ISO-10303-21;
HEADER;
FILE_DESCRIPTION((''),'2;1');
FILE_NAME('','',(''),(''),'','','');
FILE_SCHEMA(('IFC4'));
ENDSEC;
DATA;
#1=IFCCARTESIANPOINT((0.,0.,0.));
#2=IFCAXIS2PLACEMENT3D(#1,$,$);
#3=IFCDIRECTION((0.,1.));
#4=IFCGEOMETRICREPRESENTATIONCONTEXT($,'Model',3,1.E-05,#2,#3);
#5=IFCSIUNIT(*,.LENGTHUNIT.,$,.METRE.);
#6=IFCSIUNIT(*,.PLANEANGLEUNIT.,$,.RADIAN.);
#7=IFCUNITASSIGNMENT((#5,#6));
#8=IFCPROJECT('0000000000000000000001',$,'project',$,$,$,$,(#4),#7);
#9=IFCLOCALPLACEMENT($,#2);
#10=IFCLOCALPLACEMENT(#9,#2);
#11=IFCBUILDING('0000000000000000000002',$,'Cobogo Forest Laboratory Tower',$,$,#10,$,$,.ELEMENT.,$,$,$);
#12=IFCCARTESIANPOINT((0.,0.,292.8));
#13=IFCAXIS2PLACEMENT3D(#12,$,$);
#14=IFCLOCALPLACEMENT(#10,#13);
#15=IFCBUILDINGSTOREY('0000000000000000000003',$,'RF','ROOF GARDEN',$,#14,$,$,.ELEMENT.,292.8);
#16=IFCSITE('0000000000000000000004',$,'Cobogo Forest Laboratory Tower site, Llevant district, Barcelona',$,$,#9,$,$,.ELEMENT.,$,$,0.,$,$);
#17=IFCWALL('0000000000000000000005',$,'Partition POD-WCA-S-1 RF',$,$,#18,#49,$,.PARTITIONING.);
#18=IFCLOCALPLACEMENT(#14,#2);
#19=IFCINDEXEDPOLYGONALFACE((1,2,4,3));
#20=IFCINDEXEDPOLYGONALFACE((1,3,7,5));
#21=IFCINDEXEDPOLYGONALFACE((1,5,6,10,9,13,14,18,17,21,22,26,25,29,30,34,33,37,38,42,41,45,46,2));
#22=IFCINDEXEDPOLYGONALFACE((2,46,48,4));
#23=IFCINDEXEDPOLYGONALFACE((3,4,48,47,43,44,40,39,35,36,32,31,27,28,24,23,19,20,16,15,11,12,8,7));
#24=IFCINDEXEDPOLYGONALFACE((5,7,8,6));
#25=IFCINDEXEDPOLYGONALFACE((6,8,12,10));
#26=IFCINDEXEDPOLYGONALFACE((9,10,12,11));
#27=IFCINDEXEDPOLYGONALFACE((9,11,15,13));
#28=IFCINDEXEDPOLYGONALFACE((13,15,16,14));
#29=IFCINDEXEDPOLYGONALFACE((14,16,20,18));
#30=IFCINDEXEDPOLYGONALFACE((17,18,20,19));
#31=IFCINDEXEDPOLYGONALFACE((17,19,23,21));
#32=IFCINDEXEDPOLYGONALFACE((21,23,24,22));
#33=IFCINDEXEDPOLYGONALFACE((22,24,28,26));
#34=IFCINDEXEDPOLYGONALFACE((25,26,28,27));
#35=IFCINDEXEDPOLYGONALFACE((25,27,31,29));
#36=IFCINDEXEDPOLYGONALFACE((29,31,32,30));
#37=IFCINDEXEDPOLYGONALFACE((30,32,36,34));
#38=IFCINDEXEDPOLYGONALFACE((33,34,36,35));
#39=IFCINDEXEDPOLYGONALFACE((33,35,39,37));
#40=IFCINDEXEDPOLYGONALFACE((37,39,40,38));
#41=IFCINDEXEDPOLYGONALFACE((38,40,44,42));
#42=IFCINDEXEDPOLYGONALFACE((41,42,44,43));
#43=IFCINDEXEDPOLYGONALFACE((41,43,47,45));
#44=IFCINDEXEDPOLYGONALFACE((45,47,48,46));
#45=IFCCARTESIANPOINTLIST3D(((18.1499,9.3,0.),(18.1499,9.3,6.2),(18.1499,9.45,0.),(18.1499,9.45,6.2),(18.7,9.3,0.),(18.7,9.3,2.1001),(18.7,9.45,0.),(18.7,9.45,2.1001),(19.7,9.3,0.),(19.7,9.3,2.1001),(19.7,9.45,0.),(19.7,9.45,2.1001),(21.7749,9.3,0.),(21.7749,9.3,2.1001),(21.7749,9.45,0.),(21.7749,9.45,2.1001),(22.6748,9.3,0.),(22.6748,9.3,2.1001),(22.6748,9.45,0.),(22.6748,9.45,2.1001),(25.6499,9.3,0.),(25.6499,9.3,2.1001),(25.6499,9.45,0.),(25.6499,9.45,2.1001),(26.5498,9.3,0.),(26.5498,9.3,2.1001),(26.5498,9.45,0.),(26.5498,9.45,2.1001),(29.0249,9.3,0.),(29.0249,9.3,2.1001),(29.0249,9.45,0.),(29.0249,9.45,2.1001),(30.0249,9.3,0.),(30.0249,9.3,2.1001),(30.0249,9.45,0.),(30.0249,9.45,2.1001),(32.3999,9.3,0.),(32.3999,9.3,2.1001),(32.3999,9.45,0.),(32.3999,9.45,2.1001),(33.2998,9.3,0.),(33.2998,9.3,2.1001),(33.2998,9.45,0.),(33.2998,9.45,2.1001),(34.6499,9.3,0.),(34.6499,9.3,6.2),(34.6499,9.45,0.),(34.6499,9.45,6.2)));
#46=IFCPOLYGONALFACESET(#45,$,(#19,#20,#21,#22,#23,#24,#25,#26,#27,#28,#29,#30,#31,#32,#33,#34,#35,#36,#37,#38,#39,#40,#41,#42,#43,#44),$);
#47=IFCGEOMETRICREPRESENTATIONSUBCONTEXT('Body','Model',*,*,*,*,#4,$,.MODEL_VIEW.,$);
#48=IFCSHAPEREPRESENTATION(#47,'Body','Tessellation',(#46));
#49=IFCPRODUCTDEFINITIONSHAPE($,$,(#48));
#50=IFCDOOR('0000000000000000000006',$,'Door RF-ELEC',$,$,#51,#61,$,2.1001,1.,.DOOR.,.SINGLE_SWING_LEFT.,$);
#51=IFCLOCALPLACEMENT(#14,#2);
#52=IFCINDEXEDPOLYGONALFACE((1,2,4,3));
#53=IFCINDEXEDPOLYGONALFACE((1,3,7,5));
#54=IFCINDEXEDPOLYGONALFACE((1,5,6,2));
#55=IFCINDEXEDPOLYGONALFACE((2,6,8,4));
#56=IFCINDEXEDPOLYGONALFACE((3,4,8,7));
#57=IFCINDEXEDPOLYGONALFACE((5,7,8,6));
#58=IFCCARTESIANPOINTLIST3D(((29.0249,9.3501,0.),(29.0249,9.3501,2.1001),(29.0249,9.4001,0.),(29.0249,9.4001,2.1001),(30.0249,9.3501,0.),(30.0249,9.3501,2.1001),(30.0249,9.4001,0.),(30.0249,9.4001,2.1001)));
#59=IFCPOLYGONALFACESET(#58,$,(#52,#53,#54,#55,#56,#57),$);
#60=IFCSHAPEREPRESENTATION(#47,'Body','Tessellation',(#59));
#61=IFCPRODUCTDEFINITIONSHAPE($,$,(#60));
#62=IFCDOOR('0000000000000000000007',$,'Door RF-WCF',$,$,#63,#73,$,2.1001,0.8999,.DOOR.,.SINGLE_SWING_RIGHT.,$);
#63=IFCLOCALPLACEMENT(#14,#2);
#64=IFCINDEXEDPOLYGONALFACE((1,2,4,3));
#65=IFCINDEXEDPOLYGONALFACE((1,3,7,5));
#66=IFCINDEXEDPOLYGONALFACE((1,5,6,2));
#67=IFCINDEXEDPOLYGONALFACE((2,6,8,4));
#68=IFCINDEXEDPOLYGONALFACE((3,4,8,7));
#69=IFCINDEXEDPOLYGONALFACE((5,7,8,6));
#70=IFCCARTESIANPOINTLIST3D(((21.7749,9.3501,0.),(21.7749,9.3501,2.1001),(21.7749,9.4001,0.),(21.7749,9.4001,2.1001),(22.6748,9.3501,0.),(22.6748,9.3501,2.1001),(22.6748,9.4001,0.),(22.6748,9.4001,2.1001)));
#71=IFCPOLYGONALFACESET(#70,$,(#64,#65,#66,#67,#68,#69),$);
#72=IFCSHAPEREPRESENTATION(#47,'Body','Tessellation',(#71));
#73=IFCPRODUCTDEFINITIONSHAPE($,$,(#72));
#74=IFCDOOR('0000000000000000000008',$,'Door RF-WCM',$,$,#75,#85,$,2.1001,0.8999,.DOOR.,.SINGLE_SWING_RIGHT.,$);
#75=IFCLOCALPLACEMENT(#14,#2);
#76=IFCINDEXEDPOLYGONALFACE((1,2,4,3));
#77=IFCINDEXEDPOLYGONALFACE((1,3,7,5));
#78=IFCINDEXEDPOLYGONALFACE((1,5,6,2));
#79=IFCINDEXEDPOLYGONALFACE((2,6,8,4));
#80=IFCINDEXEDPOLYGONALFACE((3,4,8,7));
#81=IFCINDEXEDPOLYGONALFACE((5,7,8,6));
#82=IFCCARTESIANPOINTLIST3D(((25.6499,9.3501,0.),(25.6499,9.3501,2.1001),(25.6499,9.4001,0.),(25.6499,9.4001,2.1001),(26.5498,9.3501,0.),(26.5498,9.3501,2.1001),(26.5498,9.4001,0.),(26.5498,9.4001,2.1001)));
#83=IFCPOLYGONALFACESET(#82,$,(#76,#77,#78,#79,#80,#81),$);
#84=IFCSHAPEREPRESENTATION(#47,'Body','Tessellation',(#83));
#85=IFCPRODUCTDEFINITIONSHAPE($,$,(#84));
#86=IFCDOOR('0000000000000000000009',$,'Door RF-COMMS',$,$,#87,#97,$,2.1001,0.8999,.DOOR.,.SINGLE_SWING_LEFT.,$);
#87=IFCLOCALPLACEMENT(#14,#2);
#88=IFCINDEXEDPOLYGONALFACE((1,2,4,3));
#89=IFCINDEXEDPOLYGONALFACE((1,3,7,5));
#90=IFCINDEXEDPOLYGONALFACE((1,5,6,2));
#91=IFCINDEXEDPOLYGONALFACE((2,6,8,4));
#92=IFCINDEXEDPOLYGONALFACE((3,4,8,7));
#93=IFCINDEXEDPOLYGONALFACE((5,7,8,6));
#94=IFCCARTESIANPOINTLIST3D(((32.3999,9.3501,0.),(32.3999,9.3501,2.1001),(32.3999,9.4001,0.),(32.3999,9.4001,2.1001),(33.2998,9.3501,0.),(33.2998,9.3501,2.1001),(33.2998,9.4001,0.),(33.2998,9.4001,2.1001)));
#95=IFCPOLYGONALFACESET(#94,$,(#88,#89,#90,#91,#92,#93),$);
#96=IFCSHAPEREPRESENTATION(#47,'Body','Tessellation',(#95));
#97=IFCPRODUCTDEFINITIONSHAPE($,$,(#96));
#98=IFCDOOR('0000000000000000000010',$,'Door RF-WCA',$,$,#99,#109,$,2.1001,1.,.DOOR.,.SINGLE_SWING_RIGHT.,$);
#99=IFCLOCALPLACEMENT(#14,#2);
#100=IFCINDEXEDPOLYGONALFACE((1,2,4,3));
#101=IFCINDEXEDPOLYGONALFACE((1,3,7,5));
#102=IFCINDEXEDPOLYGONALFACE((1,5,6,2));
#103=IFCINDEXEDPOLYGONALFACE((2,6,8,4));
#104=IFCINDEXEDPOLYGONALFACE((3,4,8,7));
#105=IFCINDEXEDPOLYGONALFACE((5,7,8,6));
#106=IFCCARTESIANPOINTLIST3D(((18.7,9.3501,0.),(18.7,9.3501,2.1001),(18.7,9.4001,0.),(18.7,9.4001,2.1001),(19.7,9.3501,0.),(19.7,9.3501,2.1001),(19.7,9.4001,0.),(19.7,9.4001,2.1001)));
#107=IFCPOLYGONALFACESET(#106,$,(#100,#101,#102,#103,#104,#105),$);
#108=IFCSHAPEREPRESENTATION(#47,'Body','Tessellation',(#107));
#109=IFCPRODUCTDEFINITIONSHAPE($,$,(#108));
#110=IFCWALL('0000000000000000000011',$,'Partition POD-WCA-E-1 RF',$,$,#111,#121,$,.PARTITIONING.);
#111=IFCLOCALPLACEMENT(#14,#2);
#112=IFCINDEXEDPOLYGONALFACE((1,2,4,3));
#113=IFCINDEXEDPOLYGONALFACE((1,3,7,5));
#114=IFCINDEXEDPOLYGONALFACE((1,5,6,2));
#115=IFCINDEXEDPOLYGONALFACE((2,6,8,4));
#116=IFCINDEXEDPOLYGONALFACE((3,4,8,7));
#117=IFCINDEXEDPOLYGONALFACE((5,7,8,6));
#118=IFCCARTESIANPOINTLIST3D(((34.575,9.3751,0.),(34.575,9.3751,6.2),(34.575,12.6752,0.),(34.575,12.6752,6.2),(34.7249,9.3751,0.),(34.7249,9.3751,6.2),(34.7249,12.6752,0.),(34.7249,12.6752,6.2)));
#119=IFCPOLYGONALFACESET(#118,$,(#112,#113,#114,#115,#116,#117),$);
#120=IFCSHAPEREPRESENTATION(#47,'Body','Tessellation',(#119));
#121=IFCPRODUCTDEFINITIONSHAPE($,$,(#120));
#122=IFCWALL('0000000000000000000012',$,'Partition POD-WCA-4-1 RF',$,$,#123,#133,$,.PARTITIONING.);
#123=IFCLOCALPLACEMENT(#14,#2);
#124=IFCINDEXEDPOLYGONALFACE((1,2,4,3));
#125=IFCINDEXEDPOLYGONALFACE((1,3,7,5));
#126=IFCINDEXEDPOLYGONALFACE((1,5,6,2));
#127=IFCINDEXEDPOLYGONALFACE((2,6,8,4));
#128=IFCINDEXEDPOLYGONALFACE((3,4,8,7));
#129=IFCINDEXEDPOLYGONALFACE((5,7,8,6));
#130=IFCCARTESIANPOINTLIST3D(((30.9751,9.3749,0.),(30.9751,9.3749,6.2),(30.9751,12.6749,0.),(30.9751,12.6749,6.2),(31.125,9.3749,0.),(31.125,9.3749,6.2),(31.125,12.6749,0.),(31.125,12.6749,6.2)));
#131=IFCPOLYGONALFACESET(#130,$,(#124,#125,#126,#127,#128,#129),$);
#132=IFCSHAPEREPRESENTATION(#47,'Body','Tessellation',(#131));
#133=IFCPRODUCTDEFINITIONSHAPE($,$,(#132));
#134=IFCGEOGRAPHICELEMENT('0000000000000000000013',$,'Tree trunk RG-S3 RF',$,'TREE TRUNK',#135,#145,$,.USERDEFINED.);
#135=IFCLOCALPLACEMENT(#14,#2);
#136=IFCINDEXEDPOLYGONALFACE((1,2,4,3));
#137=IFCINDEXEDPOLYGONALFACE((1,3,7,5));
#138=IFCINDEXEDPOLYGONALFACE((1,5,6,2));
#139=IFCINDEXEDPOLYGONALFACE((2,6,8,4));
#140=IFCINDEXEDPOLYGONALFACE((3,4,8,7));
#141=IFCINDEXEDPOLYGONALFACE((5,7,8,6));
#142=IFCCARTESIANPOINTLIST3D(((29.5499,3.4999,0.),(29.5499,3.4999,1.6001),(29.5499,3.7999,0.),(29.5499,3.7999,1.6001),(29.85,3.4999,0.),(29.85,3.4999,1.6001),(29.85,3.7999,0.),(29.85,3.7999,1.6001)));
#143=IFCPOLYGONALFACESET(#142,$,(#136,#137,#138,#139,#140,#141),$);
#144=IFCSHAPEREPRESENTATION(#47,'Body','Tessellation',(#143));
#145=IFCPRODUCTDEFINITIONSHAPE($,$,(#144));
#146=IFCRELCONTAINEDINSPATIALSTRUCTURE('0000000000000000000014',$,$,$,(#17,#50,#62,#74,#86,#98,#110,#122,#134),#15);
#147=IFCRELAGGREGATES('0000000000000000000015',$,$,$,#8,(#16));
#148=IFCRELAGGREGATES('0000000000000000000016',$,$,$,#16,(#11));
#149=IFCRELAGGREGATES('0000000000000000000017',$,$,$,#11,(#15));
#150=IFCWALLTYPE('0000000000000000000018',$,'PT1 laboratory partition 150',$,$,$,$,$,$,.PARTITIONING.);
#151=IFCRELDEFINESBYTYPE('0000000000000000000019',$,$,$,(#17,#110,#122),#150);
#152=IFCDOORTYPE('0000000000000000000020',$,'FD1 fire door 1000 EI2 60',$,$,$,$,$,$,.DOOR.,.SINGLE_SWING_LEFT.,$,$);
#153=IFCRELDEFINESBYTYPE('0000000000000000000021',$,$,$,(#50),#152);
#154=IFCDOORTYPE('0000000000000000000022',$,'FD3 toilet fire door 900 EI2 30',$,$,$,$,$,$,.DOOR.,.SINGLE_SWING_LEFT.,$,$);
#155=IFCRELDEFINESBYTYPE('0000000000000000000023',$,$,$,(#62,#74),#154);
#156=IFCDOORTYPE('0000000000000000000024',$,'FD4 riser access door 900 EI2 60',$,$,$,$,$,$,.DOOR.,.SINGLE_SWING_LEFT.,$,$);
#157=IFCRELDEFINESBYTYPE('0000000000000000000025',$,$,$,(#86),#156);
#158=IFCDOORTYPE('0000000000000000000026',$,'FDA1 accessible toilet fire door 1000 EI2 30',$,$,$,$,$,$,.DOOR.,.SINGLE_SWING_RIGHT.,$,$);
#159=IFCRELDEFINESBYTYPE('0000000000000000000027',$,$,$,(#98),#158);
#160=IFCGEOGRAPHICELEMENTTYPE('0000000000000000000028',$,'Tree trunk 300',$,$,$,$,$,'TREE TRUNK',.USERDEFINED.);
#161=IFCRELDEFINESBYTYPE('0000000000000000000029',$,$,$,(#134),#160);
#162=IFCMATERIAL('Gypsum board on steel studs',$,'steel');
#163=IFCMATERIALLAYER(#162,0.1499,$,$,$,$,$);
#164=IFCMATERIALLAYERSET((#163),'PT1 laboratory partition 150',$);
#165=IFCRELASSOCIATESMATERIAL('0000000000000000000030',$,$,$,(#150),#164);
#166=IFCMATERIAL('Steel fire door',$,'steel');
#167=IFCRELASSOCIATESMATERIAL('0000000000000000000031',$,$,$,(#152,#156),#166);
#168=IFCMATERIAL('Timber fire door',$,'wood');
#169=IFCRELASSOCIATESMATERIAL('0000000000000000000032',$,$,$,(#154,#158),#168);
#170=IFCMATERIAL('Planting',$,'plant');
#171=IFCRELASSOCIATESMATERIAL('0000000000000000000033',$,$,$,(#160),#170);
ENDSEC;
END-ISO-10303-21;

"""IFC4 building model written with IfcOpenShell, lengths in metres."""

from ifc_helpers import new_model, si_unit, direction, frame, frame_2d, origin, origin_2d, place, context, subcontext, project, spatial, rectangle, extrude, material, layer, layer_set, type_object, element, fill, save


model = new_model("IFC4")

# Units and contexts
model_context = context("Model", 3, precision=1e-05, world=origin(), true_north=direction((0.0, 1.0)))
body_context = subcontext(model_context, "Body", "Model", "MODEL_VIEW")
ifc_project = project(units=[si_unit("LENGTHUNIT", "METRE"), si_unit("PLANEANGLEUNIT", "RADIAN")], contexts=[model_context])

# Site, building, storey
site_placement = place(None, origin())
site = spatial("IfcSite", under=ifc_project, at=site_placement, Name="Cobogo Forest Laboratory Tower site, Llevant district, Barcelona", CompositionType="ELEMENT", RefElevation=0.0)
building_placement = place(site_placement, origin())
building = spatial("IfcBuilding", under=site, at=building_placement, Name="Cobogo Forest Laboratory Tower", CompositionType="ELEMENT")
storey_placement = place(building_placement, frame((0.0, 0.0, 292.8)))
storey = spatial("IfcBuildingStorey", under=building, at=storey_placement, Name="RF", Description="ROOF GARDEN", CompositionType="ELEMENT", Elevation=292.8)

# Wall, openings, doors
ifc_material_1 = material(Name="Gypsum board on steel studs", Category="steel")
ifc_layer_1 = layer(ifc_material_1, 0.1499)
ifc_layer_set_1 = layer_set([ifc_layer_1], Name="PT1 laboratory partition 150")
wall_type = type_object("IfcWallType", Name="PT1 laboratory partition 150", PredefinedType="PARTITIONING", material=ifc_layer_set_1)
wall_placement = place(storey_placement, frame((34.6499, 9.375, 0.0), z_axis=(0.0, 0.0, 1.0), x_axis=(-1.0, 0.0, 0.0)))
wall = element("IfcWall", 1, at=wall_placement, inside=storey, type_object=wall_type, Name="Partition POD-WCA-S-1 RF", PredefinedType="PARTITIONING", context=body_context, shape_type="SweptSolid", body=[
    extrude(rectangle(XDim=16.5, YDim=0.1499, at=frame_2d((8.25, 0.0))), origin(), (0.0, 0.0, 1.0), 6.2),
])
opening_1_placement = place(wall_placement, frame((14.95, 0.0, 0.0)))
opening_1 = element("IfcOpeningElement", 2, at=opening_1_placement, cuts=wall, PredefinedType="OPENING", context=body_context, shape_type="SweptSolid", body=[
    extrude(rectangle(XDim=1.0, YDim=2.1001, at=frame_2d((0.5, 1.05))), frame((0.0, 0.085, 0.0), z_axis=(0.0, -1.0, 0.0), x_axis=(1.0, 0.0, 0.0)), (0.0, 0.0, 1.0), 0.1699),
])
opening_2_placement = place(wall_placement, frame((11.9751, 0.0, 0.0)))
opening_2 = element("IfcOpeningElement", 3, at=opening_2_placement, cuts=wall, PredefinedType="OPENING", context=body_context, shape_type="SweptSolid", body=[
    extrude(rectangle(XDim=0.8999, YDim=2.1001, at=frame_2d((0.45, 1.05))), frame((0.0, 0.085, 0.0), z_axis=(0.0, -1.0, 0.0), x_axis=(1.0, 0.0, 0.0)), (0.0, 0.0, 1.0), 0.1699),
])
opening_3_placement = place(wall_placement, frame((8.1001, 0.0, 0.0)))
opening_3 = element("IfcOpeningElement", 4, at=opening_3_placement, cuts=wall, PredefinedType="OPENING", context=body_context, shape_type="SweptSolid", body=[
    extrude(rectangle(XDim=0.8999, YDim=2.1001, at=frame_2d((0.45, 1.05))), frame((0.0, 0.085, 0.0), z_axis=(0.0, -1.0, 0.0), x_axis=(1.0, 0.0, 0.0)), (0.0, 0.0, 1.0), 0.1699),
])
opening_4_placement = place(wall_placement, frame((4.625, 0.0, 0.0)))
opening_4 = element("IfcOpeningElement", 5, at=opening_4_placement, cuts=wall, PredefinedType="OPENING", context=body_context, shape_type="SweptSolid", body=[
    extrude(rectangle(XDim=1.0, YDim=2.1001, at=frame_2d((0.5, 1.05))), frame((0.0, 0.085, 0.0), z_axis=(0.0, -1.0, 0.0), x_axis=(1.0, 0.0, 0.0)), (0.0, 0.0, 1.0), 0.1699),
])
opening_5_placement = place(wall_placement, frame((1.3501, 0.0, 0.0)))
opening_5 = element("IfcOpeningElement", 6, at=opening_5_placement, cuts=wall, PredefinedType="OPENING", context=body_context, shape_type="SweptSolid", body=[
    extrude(rectangle(XDim=0.8999, YDim=2.1001, at=frame_2d((0.45, 1.05))), frame((0.0, 0.085, 0.0), z_axis=(0.0, -1.0, 0.0), x_axis=(1.0, 0.0, 0.0)), (0.0, 0.0, 1.0), 0.1699),
])
ifc_material_2 = material(Name="Steel fire door", Category="steel")
door_type_1 = type_object("IfcDoorType", Name="FD1 fire door 1000 EI2 60", OperationType="SINGLE_SWING_LEFT", PredefinedType="DOOR", material=ifc_material_2)
door_1_placement = place(opening_4_placement, origin())
door_1 = element("IfcDoor", 7, at=door_1_placement, inside=storey, type_object=door_type_1, Name="Door RF-ELEC", OperationType="SINGLE_SWING_LEFT", OverallHeight=2.1001, OverallWidth=1.0, PredefinedType="DOOR", context=body_context, shape_type="SweptSolid", body=[
    extrude(rectangle(XDim=1.0, YDim=2.1001, at=frame_2d((0.5, 1.05))), frame((0.0, 0.0249, 0.0), z_axis=(0.0, -1.0, 0.0), x_axis=(1.0, 0.0, 0.0)), (0.0, 0.0, 1.0), 0.05),
])
fill(opening_4, door_1)
ifc_material_3 = material(Name="Timber fire door", Category="wood")
door_type_2 = type_object("IfcDoorType", Name="FD3 toilet fire door 900 EI2 30", OperationType="SINGLE_SWING_LEFT", PredefinedType="DOOR", material=ifc_material_3)
door_2_placement = place(opening_2_placement, origin())
door_2 = element("IfcDoor", 8, at=door_2_placement, inside=storey, type_object=door_type_2, Name="Door RF-WCF", OperationType="SINGLE_SWING_RIGHT", OverallHeight=2.1001, OverallWidth=0.8999, PredefinedType="DOOR", context=body_context, shape_type="SweptSolid", body=[
    extrude(rectangle(XDim=0.8999, YDim=2.1001, at=frame_2d((0.45, 1.05))), frame((0.0, 0.0249, 0.0), z_axis=(0.0, -1.0, 0.0), x_axis=(1.0, 0.0, 0.0)), (0.0, 0.0, 1.0), 0.05),
])
fill(opening_2, door_2)
door_3_placement = place(opening_3_placement, origin())
door_3 = element("IfcDoor", 9, at=door_3_placement, inside=storey, type_object=door_type_2, Name="Door RF-WCM", OperationType="SINGLE_SWING_RIGHT", OverallHeight=2.1001, OverallWidth=0.8999, PredefinedType="DOOR", context=body_context, shape_type="SweptSolid", body=[
    extrude(rectangle(XDim=0.8999, YDim=2.1001, at=frame_2d((0.45, 1.05))), frame((0.0, 0.0249, 0.0), z_axis=(0.0, -1.0, 0.0), x_axis=(1.0, 0.0, 0.0)), (0.0, 0.0, 1.0), 0.05),
])
fill(opening_3, door_3)
door_type_3 = type_object("IfcDoorType", Name="FD4 riser access door 900 EI2 60", OperationType="SINGLE_SWING_LEFT", PredefinedType="DOOR", material=ifc_material_2)
door_4_placement = place(opening_5_placement, origin())
door_4 = element("IfcDoor", 10, at=door_4_placement, inside=storey, type_object=door_type_3, Name="Door RF-COMMS", OperationType="SINGLE_SWING_LEFT", OverallHeight=2.1001, OverallWidth=0.8999, PredefinedType="DOOR", context=body_context, shape_type="SweptSolid", body=[
    extrude(rectangle(XDim=0.8999, YDim=2.1001, at=frame_2d((0.45, 1.05))), frame((0.0, 0.0249, 0.0), z_axis=(0.0, -1.0, 0.0), x_axis=(1.0, 0.0, 0.0)), (0.0, 0.0, 1.0), 0.05),
])
fill(opening_5, door_4)
door_type_4 = type_object("IfcDoorType", Name="FDA1 accessible toilet fire door 1000 EI2 30", OperationType="SINGLE_SWING_RIGHT", PredefinedType="DOOR", material=ifc_material_3)
door_5_placement = place(opening_1_placement, origin())
door_5 = element("IfcDoor", 11, at=door_5_placement, inside=storey, type_object=door_type_4, Name="Door RF-WCA", OperationType="SINGLE_SWING_RIGHT", OverallHeight=2.1001, OverallWidth=1.0, PredefinedType="DOOR", context=body_context, shape_type="SweptSolid", body=[
    extrude(rectangle(XDim=1.0, YDim=2.1001, at=frame_2d((0.5, 1.05))), frame((0.0, 0.0249, 0.0), z_axis=(0.0, -1.0, 0.0), x_axis=(1.0, 0.0, 0.0)), (0.0, 0.0, 1.0), 0.05),
])
fill(opening_1, door_5)

# Walls
for number, where, z_axis, x_axis, name in (
    (12, (34.6499, 12.675, 0.0), (0.0, 0.0, 1.0), (0.0, -1.0, 0.0), "Partition POD-WCA-E-1 RF"),
    (13, (31.05, 9.375, 0.0), (0.0, 0.0, 1.0), (0.0, 1.0, 0.0), "Partition POD-WCA-4-1 RF"),
):
    element("IfcWall", number, at=place(storey_placement, frame(where, z_axis=z_axis, x_axis=x_axis)), inside=storey, type_object=wall_type, Name=name, PredefinedType="PARTITIONING", context=body_context, shape_type="SweptSolid", body=[
        extrude(rectangle(XDim=3.3, YDim=0.1499, at=frame_2d((1.6499, 0.0))), origin(), (0.0, 0.0, 1.0), 6.2),
    ])

# Geographic element
ifc_material_4 = material(Name="Planting", Category="plant")
geographic_element_type = type_object("IfcGeographicElementType", Name="Tree trunk 300", ElementType="TREE TRUNK", PredefinedType="USERDEFINED", material=ifc_material_4)
geographic_element_placement = place(storey_placement, frame((29.7, 3.6499, 0.0), z_axis=(0.0, 0.0, 1.0), x_axis=(1.0, 0.0, 0.0)))
element("IfcGeographicElement", 14, at=geographic_element_placement, inside=storey, type_object=geographic_element_type, Name="Tree trunk RG-S3 RF", ObjectType="TREE TRUNK", PredefinedType="USERDEFINED", context=body_context, shape_type="SweptSolid", body=[
    extrude(rectangle(XDim=0.3, YDim=0.3, at=origin_2d()), origin(), (0.0, 0.0, 1.0), 1.6001),
])

save(model, "model.ifc")
